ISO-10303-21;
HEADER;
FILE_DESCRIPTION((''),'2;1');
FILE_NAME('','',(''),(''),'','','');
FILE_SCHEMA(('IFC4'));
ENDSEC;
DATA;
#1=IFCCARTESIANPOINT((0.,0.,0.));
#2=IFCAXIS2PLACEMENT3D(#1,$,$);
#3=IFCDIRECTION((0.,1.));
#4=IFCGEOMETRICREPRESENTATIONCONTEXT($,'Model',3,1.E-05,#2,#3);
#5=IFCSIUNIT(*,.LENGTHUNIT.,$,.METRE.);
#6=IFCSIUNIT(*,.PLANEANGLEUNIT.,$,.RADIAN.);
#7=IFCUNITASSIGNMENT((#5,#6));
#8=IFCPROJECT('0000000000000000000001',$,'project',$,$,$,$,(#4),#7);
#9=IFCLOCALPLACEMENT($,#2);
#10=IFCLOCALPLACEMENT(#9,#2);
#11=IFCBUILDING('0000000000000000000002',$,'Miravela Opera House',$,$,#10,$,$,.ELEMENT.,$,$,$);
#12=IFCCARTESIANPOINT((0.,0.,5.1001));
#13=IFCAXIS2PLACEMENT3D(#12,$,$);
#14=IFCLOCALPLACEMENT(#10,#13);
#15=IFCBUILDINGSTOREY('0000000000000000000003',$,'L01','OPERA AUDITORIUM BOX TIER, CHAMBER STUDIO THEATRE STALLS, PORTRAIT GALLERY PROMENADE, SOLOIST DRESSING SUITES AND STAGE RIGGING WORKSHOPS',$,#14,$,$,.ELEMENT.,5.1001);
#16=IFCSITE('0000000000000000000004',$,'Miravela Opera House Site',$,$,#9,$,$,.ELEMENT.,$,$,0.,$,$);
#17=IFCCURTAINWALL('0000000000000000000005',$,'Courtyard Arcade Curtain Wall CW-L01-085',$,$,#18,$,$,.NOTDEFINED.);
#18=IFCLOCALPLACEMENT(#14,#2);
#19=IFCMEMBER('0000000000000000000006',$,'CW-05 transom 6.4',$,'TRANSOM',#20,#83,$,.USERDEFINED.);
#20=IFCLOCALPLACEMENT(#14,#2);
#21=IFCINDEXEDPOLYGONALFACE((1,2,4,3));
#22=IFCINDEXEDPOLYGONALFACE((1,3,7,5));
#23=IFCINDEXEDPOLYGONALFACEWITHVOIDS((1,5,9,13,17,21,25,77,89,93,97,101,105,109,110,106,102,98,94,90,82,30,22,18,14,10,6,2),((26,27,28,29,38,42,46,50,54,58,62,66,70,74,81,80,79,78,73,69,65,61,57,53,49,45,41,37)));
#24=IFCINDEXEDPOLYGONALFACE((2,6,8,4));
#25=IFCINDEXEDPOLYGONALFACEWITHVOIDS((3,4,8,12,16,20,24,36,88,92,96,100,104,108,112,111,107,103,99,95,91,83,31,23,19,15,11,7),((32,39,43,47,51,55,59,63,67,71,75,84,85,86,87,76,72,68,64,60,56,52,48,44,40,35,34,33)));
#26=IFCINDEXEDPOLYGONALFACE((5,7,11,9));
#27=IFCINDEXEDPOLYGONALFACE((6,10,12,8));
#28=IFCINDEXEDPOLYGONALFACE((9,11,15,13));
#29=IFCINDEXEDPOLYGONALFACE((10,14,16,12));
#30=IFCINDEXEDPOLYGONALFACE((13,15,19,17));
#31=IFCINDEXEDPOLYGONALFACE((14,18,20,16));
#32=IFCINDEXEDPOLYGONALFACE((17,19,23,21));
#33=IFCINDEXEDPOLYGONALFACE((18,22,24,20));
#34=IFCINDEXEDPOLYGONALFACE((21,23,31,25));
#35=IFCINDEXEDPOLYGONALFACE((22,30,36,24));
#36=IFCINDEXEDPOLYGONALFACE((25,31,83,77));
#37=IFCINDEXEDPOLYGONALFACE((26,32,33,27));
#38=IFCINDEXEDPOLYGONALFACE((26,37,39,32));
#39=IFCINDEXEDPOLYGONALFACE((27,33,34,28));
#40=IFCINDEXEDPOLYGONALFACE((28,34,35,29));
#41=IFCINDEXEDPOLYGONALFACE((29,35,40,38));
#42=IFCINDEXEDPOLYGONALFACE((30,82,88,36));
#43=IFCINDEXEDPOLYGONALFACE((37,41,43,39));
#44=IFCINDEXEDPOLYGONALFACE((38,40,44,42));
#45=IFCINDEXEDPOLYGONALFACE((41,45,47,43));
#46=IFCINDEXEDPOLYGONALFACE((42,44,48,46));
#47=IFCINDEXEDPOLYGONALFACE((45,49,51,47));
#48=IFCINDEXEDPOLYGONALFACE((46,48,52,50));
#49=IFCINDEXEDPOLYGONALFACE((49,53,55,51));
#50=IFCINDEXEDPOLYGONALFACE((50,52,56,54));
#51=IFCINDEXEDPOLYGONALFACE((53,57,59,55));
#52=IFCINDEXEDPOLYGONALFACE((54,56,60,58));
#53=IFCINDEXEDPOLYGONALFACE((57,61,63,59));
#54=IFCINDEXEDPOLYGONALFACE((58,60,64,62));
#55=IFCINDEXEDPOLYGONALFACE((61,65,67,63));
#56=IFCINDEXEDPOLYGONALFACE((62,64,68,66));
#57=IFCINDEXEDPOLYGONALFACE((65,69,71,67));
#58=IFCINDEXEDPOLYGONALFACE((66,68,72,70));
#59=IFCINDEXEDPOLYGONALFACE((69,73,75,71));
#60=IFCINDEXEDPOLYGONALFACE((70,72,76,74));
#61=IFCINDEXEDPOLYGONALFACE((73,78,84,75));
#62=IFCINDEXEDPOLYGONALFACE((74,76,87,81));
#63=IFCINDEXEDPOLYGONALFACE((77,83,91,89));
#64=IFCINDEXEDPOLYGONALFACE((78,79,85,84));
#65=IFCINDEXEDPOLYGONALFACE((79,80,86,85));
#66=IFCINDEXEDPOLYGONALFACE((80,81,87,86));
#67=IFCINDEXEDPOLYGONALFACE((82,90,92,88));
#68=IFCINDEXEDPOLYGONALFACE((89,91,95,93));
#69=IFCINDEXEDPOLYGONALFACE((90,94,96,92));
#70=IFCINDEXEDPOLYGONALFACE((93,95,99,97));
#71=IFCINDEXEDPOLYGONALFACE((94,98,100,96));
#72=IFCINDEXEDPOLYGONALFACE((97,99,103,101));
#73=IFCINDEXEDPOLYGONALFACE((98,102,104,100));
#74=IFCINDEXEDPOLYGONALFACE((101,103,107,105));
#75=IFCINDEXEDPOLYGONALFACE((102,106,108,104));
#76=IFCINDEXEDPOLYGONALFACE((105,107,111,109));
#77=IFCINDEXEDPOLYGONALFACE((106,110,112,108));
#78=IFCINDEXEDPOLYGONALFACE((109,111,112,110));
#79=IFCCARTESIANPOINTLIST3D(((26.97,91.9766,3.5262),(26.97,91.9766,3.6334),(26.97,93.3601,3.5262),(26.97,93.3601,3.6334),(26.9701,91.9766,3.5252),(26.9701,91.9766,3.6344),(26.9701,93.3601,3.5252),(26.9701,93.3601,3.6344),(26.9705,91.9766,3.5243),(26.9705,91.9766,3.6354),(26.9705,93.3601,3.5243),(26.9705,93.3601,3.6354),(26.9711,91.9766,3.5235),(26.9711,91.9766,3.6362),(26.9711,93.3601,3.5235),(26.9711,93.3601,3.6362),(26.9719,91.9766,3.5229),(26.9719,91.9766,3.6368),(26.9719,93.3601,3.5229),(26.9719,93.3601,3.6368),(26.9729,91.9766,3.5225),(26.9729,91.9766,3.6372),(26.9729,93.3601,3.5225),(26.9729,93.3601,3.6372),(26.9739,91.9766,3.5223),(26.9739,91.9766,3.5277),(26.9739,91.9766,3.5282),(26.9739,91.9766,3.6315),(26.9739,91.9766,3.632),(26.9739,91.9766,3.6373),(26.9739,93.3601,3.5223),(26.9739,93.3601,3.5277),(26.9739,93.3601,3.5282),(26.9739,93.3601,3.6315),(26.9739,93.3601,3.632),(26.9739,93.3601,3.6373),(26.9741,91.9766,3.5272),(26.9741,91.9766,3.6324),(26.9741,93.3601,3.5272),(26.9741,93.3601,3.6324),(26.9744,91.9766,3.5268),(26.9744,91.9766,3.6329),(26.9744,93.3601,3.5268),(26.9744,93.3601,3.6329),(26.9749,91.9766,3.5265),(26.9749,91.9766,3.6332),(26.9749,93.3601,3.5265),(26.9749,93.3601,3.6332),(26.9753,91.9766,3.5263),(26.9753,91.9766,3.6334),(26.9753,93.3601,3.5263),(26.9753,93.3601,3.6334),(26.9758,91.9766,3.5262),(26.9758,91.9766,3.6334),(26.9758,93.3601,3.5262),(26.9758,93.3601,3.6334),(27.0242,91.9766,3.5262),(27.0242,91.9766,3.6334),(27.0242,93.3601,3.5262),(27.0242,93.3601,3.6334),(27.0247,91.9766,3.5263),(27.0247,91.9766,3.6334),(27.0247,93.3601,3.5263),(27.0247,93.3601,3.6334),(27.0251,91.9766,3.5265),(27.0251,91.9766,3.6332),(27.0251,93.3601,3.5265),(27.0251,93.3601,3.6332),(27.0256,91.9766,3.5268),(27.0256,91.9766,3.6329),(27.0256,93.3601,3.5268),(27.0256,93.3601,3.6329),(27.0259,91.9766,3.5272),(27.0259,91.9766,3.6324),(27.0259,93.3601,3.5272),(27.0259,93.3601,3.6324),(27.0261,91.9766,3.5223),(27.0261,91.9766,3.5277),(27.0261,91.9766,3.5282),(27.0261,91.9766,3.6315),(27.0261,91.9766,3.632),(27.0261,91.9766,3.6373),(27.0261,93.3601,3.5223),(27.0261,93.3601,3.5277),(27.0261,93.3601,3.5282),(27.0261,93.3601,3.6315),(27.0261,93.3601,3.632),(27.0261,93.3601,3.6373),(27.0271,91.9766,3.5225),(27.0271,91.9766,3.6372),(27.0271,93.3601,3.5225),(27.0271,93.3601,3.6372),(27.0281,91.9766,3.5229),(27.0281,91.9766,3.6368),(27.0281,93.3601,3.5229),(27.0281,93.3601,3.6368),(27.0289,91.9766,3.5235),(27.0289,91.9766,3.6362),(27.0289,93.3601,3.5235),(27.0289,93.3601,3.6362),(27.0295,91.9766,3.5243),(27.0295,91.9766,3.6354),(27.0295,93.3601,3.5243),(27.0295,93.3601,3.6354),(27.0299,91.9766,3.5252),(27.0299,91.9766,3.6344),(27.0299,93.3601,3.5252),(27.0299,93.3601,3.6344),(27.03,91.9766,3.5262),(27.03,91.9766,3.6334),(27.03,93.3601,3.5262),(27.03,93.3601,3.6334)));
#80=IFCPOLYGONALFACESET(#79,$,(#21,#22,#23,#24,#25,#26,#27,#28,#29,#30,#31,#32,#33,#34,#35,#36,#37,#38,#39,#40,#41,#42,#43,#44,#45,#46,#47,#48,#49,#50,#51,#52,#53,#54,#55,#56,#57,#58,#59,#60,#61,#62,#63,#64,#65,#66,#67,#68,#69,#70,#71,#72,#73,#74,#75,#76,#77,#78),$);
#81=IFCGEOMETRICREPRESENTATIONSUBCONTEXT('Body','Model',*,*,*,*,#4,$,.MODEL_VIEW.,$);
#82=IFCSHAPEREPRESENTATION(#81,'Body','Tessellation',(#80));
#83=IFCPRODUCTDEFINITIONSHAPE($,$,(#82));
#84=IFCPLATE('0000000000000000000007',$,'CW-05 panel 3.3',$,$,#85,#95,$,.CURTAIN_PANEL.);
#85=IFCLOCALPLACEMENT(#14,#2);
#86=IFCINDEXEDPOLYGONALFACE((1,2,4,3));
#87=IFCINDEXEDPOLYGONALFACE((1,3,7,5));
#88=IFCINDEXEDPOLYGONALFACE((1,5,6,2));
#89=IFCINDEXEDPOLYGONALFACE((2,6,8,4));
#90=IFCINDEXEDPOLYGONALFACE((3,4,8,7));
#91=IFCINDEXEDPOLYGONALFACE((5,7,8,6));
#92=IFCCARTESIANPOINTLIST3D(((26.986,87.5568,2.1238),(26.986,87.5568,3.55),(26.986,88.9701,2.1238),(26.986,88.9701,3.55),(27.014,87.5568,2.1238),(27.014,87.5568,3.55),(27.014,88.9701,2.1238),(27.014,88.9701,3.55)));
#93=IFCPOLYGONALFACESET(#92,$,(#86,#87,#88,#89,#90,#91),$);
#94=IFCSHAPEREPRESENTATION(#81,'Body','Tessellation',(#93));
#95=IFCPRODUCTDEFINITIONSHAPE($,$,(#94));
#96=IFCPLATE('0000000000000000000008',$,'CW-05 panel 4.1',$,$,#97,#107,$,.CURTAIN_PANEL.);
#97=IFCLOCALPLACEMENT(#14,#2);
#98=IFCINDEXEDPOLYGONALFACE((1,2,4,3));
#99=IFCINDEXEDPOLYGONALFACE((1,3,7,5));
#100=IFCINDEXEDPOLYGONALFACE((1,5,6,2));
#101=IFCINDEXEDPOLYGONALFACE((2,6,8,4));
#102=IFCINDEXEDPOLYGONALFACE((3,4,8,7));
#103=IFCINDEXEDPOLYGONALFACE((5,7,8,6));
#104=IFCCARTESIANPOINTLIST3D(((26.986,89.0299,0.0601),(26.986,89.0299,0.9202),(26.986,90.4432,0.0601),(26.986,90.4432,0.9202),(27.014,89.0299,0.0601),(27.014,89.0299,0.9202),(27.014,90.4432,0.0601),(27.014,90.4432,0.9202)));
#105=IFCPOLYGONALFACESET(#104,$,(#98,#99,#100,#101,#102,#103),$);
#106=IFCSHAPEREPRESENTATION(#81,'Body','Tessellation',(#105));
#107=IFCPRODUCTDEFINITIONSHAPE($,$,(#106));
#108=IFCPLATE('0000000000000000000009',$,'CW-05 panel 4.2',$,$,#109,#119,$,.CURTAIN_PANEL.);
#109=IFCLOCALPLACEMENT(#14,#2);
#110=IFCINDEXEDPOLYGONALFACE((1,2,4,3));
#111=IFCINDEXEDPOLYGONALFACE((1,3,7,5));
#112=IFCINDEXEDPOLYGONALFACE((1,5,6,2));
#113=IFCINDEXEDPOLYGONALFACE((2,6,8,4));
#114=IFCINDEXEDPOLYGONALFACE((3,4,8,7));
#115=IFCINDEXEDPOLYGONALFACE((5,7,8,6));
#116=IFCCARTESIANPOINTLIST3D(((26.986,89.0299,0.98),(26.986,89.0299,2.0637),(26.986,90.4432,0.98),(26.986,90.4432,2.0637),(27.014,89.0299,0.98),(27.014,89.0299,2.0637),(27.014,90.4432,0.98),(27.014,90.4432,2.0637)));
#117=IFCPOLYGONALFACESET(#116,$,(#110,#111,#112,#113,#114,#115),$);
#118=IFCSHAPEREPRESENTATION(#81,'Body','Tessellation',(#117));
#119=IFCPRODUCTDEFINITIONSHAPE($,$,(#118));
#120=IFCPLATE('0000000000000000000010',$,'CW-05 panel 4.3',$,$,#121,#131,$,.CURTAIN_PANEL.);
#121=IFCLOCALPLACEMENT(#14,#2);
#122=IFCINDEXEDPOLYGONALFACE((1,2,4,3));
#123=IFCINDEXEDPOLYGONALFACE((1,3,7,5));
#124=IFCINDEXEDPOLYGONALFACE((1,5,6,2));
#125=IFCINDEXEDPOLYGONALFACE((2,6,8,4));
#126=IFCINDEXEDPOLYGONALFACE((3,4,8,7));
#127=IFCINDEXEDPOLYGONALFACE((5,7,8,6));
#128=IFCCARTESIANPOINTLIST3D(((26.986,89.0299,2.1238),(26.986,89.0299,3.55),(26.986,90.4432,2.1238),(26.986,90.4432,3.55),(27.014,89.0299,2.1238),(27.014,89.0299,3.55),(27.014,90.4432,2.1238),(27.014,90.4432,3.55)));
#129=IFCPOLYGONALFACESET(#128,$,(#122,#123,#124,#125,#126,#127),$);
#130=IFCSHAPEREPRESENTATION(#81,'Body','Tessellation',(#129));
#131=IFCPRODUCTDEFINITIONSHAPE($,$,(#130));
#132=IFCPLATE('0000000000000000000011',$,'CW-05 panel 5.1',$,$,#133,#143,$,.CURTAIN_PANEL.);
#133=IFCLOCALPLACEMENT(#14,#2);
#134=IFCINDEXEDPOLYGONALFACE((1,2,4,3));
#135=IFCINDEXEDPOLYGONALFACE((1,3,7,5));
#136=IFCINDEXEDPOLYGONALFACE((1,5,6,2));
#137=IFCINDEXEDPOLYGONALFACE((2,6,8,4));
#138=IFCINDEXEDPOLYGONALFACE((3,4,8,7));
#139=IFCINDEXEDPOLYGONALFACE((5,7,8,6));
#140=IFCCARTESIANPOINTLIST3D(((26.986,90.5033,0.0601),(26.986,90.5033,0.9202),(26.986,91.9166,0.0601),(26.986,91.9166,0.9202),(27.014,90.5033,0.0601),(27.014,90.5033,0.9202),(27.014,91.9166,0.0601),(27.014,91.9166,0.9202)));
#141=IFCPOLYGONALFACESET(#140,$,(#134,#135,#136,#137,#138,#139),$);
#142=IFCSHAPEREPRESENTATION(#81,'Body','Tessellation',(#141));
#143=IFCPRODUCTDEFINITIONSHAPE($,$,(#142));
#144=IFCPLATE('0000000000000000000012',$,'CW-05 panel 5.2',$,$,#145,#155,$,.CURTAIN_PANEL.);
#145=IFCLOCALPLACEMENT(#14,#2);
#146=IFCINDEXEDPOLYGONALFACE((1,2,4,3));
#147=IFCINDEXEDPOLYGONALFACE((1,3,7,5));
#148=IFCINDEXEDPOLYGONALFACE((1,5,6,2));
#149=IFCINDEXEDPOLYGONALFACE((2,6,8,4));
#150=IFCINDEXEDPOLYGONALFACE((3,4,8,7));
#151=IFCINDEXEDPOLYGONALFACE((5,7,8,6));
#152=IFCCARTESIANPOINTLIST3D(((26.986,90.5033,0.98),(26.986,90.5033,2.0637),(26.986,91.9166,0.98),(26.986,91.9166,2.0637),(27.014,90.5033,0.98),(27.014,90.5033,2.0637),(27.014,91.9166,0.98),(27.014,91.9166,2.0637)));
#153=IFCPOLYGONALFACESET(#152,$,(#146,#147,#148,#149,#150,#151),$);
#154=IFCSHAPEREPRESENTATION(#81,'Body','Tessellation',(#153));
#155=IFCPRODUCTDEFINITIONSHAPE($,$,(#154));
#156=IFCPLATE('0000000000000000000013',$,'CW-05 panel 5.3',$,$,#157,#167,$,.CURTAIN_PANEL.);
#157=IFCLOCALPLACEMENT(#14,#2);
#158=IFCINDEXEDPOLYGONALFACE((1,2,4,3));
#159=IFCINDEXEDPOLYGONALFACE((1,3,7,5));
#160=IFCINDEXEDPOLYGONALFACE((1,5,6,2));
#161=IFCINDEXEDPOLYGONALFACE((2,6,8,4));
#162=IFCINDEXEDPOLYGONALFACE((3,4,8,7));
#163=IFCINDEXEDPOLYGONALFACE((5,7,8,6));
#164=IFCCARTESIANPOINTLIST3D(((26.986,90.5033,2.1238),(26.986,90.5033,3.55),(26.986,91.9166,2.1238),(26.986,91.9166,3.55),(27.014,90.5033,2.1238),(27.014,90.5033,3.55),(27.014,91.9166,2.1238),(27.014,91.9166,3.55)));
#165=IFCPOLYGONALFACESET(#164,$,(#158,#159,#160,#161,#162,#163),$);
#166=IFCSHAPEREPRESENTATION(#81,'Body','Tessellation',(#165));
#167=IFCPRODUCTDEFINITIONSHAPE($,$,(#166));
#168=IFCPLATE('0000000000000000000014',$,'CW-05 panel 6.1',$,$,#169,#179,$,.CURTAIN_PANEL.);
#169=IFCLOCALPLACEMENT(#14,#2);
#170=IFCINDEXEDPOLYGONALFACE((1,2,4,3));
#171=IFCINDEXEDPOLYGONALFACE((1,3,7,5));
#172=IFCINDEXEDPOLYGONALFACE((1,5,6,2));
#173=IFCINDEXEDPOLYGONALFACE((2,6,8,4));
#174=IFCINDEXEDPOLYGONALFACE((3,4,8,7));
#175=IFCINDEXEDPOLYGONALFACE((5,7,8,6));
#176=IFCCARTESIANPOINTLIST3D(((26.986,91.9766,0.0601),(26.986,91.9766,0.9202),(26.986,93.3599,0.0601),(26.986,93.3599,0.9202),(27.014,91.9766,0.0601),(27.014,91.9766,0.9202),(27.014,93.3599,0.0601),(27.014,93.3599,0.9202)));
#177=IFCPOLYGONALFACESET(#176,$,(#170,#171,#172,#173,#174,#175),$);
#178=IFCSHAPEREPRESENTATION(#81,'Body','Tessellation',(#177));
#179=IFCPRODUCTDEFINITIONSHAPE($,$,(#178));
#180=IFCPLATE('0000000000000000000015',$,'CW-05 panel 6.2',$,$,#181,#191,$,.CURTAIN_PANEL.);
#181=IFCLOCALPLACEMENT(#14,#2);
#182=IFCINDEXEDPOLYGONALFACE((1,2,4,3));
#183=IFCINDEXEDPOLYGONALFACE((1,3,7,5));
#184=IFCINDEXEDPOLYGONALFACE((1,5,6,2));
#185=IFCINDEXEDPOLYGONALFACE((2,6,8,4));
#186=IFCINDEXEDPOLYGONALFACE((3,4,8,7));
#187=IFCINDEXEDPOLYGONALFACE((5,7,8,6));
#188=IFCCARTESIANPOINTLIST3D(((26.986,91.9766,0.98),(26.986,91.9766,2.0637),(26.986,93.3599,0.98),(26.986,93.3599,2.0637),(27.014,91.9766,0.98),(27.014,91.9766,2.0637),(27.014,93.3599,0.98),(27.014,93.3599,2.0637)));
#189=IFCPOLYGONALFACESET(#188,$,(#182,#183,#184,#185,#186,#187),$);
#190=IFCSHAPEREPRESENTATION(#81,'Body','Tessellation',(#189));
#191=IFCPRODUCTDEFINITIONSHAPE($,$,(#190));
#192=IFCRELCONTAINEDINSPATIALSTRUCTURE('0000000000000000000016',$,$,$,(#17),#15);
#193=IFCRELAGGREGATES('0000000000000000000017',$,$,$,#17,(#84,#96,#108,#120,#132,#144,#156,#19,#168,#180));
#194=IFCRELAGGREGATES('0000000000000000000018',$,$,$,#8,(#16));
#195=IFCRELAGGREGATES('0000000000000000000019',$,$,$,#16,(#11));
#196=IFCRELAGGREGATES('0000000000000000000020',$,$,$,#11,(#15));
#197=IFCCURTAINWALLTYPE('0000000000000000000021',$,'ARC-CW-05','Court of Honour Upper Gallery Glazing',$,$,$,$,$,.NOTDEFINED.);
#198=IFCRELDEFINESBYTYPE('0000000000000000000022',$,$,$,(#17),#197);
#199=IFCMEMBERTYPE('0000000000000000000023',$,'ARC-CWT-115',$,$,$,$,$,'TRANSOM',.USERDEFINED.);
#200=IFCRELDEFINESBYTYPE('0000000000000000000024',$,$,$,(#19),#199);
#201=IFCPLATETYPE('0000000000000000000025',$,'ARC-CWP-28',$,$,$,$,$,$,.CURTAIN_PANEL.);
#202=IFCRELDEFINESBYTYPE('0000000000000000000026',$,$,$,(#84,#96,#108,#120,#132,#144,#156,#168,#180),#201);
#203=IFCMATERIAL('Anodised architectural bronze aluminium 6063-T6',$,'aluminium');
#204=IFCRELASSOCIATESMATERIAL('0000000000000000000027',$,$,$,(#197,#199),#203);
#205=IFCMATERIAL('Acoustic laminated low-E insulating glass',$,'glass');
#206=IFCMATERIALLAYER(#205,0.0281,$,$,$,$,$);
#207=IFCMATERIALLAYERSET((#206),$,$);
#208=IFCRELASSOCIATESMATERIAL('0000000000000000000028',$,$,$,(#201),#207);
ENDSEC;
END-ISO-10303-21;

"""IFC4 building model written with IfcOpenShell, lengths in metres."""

from ifc_helpers import new_model, si_unit, direction, frame, origin, origin_2d, place, context, subcontext, project, spatial, rectangle, hollow_rectangle, extrude, material, layer, layer_set, material_profile, profile_set, type_object, element, aggregate, save


model = new_model("IFC4")

# Units and contexts
model_context = context("Model", 3, precision=1e-05, world=origin(), true_north=direction((0.0, 1.0)))
body_context = subcontext(model_context, "Body", "Model", "MODEL_VIEW")
ifc_project = project(units=[si_unit("LENGTHUNIT", "METRE"), si_unit("PLANEANGLEUNIT", "RADIAN")], contexts=[model_context])

# Site, building, storey
site_placement = place(None, origin())
site = spatial("IfcSite", under=ifc_project, at=site_placement, Name="Miravela Opera House Site", CompositionType="ELEMENT", RefElevation=0.0)
building_placement = place(site_placement, origin())
building = spatial("IfcBuilding", under=site, at=building_placement, Name="Miravela Opera House", CompositionType="ELEMENT")
storey_placement = place(building_placement, frame((0.0, 0.0, 5.1001)))
storey = spatial("IfcBuildingStorey", under=building, at=storey_placement, Name="L01", Description="OPERA AUDITORIUM BOX TIER, CHAMBER STUDIO THEATRE STALLS, PORTRAIT GALLERY PROMENADE, SOLOIST DRESSING SUITES AND STAGE RIGGING WORKSHOPS", CompositionType="ELEMENT", Elevation=5.1001)

# Curtain wall, member, plates
ifc_material_1 = material(Name="Anodised architectural bronze aluminium 6063-T6", Category="aluminium")
curtain_wall_type = type_object("IfcCurtainWallType", Name="ARC-CW-05", Description="Court of Honour Upper Gallery Glazing", PredefinedType="NOTDEFINED", material=ifc_material_1)
curtain_wall_placement = place(storey_placement, origin())
curtain_wall = element("IfcCurtainWall", 1, at=curtain_wall_placement, inside=storey, type_object=curtain_wall_type, Name="Courtyard Arcade Curtain Wall CW-L01-085", PredefinedType="NOTDEFINED")
ifc_material_profile_1 = material_profile(ifc_material_1, hollow_rectangle(XDim=0.0601, YDim=0.115, WallThickness=0.0039, InnerFilletRadius=0.002, OuterFilletRadius=0.0039, at=origin_2d()), Name="CWT-60X115")
ifc_profile_set_1 = profile_set([ifc_material_profile_1])
member_type_1 = type_object("IfcMemberType", Name="ARC-CWT-115", ElementType="TRANSOM", PredefinedType="USERDEFINED", material=ifc_profile_set_1)
member_1_placement = place(storey_placement, frame((27.0, 91.9766, 3.5798), z_axis=(0.0, 1.0, 0.0), x_axis=(-1.0, 0.0, 0.0)))
member_1 = element("IfcMember", 2, at=member_1_placement, type_object=member_type_1, Name="CW-05 transom 6.4", ObjectType="TRANSOM", PredefinedType="USERDEFINED", context=body_context, shape_type="SweptSolid", body=[
    extrude(hollow_rectangle(XDim=0.0601, YDim=0.115, WallThickness=0.0039, InnerFilletRadius=0.002, OuterFilletRadius=0.0039, at=origin_2d()), origin(), (0.0, 0.0, 1.0), 1.3835),
])
ifc_material_2 = material(Name="Acoustic laminated low-E insulating glass", Category="glass")
ifc_layer = layer(ifc_material_2, 0.0281)
ifc_layer_set = layer_set([ifc_layer])
plate_type = type_object("IfcPlateType", Name="ARC-CWP-28", PredefinedType="CURTAIN_PANEL", material=ifc_layer_set)
plate_1_placement = place(storey_placement, frame((27.0, 88.2634, 2.1238), z_axis=(0.0, 0.0, 1.0), x_axis=(0.0, 1.0, 0.0)))
plate_1 = element("IfcPlate", 3, at=plate_1_placement, type_object=plate_type, Name="CW-05 panel 3.3", PredefinedType="CURTAIN_PANEL", context=body_context, shape_type="SweptSolid", body=[
    extrude(rectangle(XDim=1.4133, YDim=0.0281, at=origin_2d()), origin(), (0.0, 0.0, 1.0), 1.4263),
])
plate_2_placement = place(storey_placement, frame((27.0, 89.7366, 0.0601), z_axis=(0.0, 0.0, 1.0), x_axis=(0.0, 1.0, 0.0)))
plate_2 = element("IfcPlate", 4, at=plate_2_placement, type_object=plate_type, Name="CW-05 panel 4.1", PredefinedType="CURTAIN_PANEL", context=body_context, shape_type="SweptSolid", body=[
    extrude(rectangle(XDim=1.4133, YDim=0.0281, at=origin_2d()), origin(), (0.0, 0.0, 1.0), 0.8601),
])
plate_3_placement = place(storey_placement, frame((27.0, 89.7366, 0.98), z_axis=(0.0, 0.0, 1.0), x_axis=(0.0, 1.0, 0.0)))
plate_3 = element("IfcPlate", 5, at=plate_3_placement, type_object=plate_type, Name="CW-05 panel 4.2", PredefinedType="CURTAIN_PANEL", context=body_context, shape_type="SweptSolid", body=[
    extrude(rectangle(XDim=1.4133, YDim=0.0281, at=origin_2d()), origin(), (0.0, 0.0, 1.0), 1.0837),
])
plate_4_placement = place(storey_placement, frame((27.0, 89.7366, 2.1238), z_axis=(0.0, 0.0, 1.0), x_axis=(0.0, 1.0, 0.0)))
plate_4 = element("IfcPlate", 6, at=plate_4_placement, type_object=plate_type, Name="CW-05 panel 4.3", PredefinedType="CURTAIN_PANEL", context=body_context, shape_type="SweptSolid", body=[
    extrude(rectangle(XDim=1.4133, YDim=0.0281, at=origin_2d()), origin(), (0.0, 0.0, 1.0), 1.4263),
])
plate_5_placement = place(storey_placement, frame((27.0, 91.21, 0.0601), z_axis=(0.0, 0.0, 1.0), x_axis=(0.0, 1.0, 0.0)))
plate_5 = element("IfcPlate", 7, at=plate_5_placement, type_object=plate_type, Name="CW-05 panel 5.1", PredefinedType="CURTAIN_PANEL", context=body_context, shape_type="SweptSolid", body=[
    extrude(rectangle(XDim=1.4133, YDim=0.0281, at=origin_2d()), origin(), (0.0, 0.0, 1.0), 0.8601),
])
plate_6_placement = place(storey_placement, frame((27.0, 91.21, 0.98), z_axis=(0.0, 0.0, 1.0), x_axis=(0.0, 1.0, 0.0)))
plate_6 = element("IfcPlate", 8, at=plate_6_placement, type_object=plate_type, Name="CW-05 panel 5.2", PredefinedType="CURTAIN_PANEL", context=body_context, shape_type="SweptSolid", body=[
    extrude(rectangle(XDim=1.4133, YDim=0.0281, at=origin_2d()), origin(), (0.0, 0.0, 1.0), 1.0837),
])
plate_7_placement = place(storey_placement, frame((27.0, 91.21, 2.1238), z_axis=(0.0, 0.0, 1.0), x_axis=(0.0, 1.0, 0.0)))
plate_7 = element("IfcPlate", 9, at=plate_7_placement, type_object=plate_type, Name="CW-05 panel 5.3", PredefinedType="CURTAIN_PANEL", context=body_context, shape_type="SweptSolid", body=[
    extrude(rectangle(XDim=1.4133, YDim=0.0281, at=origin_2d()), origin(), (0.0, 0.0, 1.0), 1.4263),
])
plate_8_placement = place(storey_placement, frame((27.0, 92.6682, 0.0601), z_axis=(0.0, 0.0, 1.0), x_axis=(0.0, 1.0, 0.0)))
plate_8 = element("IfcPlate", 10, at=plate_8_placement, type_object=plate_type, Name="CW-05 panel 6.1", PredefinedType="CURTAIN_PANEL", context=body_context, shape_type="SweptSolid", body=[
    extrude(rectangle(XDim=1.3833, YDim=0.0281, at=origin_2d()), origin(), (0.0, 0.0, 1.0), 0.8601),
])
plate_9_placement = place(storey_placement, frame((27.0, 92.6682, 0.98), z_axis=(0.0, 0.0, 1.0), x_axis=(0.0, 1.0, 0.0)))
plate_9 = element("IfcPlate", 11, at=plate_9_placement, type_object=plate_type, Name="CW-05 panel 6.2", PredefinedType="CURTAIN_PANEL", context=body_context, shape_type="SweptSolid", body=[
    extrude(rectangle(XDim=1.3833, YDim=0.0281, at=origin_2d()), origin(), (0.0, 0.0, 1.0), 1.0837),
])
aggregate(curtain_wall, [plate_1, plate_2, plate_3, plate_4, plate_5, plate_6, plate_7, member_1, plate_8, plate_9])

save(model, "model.ifc")
